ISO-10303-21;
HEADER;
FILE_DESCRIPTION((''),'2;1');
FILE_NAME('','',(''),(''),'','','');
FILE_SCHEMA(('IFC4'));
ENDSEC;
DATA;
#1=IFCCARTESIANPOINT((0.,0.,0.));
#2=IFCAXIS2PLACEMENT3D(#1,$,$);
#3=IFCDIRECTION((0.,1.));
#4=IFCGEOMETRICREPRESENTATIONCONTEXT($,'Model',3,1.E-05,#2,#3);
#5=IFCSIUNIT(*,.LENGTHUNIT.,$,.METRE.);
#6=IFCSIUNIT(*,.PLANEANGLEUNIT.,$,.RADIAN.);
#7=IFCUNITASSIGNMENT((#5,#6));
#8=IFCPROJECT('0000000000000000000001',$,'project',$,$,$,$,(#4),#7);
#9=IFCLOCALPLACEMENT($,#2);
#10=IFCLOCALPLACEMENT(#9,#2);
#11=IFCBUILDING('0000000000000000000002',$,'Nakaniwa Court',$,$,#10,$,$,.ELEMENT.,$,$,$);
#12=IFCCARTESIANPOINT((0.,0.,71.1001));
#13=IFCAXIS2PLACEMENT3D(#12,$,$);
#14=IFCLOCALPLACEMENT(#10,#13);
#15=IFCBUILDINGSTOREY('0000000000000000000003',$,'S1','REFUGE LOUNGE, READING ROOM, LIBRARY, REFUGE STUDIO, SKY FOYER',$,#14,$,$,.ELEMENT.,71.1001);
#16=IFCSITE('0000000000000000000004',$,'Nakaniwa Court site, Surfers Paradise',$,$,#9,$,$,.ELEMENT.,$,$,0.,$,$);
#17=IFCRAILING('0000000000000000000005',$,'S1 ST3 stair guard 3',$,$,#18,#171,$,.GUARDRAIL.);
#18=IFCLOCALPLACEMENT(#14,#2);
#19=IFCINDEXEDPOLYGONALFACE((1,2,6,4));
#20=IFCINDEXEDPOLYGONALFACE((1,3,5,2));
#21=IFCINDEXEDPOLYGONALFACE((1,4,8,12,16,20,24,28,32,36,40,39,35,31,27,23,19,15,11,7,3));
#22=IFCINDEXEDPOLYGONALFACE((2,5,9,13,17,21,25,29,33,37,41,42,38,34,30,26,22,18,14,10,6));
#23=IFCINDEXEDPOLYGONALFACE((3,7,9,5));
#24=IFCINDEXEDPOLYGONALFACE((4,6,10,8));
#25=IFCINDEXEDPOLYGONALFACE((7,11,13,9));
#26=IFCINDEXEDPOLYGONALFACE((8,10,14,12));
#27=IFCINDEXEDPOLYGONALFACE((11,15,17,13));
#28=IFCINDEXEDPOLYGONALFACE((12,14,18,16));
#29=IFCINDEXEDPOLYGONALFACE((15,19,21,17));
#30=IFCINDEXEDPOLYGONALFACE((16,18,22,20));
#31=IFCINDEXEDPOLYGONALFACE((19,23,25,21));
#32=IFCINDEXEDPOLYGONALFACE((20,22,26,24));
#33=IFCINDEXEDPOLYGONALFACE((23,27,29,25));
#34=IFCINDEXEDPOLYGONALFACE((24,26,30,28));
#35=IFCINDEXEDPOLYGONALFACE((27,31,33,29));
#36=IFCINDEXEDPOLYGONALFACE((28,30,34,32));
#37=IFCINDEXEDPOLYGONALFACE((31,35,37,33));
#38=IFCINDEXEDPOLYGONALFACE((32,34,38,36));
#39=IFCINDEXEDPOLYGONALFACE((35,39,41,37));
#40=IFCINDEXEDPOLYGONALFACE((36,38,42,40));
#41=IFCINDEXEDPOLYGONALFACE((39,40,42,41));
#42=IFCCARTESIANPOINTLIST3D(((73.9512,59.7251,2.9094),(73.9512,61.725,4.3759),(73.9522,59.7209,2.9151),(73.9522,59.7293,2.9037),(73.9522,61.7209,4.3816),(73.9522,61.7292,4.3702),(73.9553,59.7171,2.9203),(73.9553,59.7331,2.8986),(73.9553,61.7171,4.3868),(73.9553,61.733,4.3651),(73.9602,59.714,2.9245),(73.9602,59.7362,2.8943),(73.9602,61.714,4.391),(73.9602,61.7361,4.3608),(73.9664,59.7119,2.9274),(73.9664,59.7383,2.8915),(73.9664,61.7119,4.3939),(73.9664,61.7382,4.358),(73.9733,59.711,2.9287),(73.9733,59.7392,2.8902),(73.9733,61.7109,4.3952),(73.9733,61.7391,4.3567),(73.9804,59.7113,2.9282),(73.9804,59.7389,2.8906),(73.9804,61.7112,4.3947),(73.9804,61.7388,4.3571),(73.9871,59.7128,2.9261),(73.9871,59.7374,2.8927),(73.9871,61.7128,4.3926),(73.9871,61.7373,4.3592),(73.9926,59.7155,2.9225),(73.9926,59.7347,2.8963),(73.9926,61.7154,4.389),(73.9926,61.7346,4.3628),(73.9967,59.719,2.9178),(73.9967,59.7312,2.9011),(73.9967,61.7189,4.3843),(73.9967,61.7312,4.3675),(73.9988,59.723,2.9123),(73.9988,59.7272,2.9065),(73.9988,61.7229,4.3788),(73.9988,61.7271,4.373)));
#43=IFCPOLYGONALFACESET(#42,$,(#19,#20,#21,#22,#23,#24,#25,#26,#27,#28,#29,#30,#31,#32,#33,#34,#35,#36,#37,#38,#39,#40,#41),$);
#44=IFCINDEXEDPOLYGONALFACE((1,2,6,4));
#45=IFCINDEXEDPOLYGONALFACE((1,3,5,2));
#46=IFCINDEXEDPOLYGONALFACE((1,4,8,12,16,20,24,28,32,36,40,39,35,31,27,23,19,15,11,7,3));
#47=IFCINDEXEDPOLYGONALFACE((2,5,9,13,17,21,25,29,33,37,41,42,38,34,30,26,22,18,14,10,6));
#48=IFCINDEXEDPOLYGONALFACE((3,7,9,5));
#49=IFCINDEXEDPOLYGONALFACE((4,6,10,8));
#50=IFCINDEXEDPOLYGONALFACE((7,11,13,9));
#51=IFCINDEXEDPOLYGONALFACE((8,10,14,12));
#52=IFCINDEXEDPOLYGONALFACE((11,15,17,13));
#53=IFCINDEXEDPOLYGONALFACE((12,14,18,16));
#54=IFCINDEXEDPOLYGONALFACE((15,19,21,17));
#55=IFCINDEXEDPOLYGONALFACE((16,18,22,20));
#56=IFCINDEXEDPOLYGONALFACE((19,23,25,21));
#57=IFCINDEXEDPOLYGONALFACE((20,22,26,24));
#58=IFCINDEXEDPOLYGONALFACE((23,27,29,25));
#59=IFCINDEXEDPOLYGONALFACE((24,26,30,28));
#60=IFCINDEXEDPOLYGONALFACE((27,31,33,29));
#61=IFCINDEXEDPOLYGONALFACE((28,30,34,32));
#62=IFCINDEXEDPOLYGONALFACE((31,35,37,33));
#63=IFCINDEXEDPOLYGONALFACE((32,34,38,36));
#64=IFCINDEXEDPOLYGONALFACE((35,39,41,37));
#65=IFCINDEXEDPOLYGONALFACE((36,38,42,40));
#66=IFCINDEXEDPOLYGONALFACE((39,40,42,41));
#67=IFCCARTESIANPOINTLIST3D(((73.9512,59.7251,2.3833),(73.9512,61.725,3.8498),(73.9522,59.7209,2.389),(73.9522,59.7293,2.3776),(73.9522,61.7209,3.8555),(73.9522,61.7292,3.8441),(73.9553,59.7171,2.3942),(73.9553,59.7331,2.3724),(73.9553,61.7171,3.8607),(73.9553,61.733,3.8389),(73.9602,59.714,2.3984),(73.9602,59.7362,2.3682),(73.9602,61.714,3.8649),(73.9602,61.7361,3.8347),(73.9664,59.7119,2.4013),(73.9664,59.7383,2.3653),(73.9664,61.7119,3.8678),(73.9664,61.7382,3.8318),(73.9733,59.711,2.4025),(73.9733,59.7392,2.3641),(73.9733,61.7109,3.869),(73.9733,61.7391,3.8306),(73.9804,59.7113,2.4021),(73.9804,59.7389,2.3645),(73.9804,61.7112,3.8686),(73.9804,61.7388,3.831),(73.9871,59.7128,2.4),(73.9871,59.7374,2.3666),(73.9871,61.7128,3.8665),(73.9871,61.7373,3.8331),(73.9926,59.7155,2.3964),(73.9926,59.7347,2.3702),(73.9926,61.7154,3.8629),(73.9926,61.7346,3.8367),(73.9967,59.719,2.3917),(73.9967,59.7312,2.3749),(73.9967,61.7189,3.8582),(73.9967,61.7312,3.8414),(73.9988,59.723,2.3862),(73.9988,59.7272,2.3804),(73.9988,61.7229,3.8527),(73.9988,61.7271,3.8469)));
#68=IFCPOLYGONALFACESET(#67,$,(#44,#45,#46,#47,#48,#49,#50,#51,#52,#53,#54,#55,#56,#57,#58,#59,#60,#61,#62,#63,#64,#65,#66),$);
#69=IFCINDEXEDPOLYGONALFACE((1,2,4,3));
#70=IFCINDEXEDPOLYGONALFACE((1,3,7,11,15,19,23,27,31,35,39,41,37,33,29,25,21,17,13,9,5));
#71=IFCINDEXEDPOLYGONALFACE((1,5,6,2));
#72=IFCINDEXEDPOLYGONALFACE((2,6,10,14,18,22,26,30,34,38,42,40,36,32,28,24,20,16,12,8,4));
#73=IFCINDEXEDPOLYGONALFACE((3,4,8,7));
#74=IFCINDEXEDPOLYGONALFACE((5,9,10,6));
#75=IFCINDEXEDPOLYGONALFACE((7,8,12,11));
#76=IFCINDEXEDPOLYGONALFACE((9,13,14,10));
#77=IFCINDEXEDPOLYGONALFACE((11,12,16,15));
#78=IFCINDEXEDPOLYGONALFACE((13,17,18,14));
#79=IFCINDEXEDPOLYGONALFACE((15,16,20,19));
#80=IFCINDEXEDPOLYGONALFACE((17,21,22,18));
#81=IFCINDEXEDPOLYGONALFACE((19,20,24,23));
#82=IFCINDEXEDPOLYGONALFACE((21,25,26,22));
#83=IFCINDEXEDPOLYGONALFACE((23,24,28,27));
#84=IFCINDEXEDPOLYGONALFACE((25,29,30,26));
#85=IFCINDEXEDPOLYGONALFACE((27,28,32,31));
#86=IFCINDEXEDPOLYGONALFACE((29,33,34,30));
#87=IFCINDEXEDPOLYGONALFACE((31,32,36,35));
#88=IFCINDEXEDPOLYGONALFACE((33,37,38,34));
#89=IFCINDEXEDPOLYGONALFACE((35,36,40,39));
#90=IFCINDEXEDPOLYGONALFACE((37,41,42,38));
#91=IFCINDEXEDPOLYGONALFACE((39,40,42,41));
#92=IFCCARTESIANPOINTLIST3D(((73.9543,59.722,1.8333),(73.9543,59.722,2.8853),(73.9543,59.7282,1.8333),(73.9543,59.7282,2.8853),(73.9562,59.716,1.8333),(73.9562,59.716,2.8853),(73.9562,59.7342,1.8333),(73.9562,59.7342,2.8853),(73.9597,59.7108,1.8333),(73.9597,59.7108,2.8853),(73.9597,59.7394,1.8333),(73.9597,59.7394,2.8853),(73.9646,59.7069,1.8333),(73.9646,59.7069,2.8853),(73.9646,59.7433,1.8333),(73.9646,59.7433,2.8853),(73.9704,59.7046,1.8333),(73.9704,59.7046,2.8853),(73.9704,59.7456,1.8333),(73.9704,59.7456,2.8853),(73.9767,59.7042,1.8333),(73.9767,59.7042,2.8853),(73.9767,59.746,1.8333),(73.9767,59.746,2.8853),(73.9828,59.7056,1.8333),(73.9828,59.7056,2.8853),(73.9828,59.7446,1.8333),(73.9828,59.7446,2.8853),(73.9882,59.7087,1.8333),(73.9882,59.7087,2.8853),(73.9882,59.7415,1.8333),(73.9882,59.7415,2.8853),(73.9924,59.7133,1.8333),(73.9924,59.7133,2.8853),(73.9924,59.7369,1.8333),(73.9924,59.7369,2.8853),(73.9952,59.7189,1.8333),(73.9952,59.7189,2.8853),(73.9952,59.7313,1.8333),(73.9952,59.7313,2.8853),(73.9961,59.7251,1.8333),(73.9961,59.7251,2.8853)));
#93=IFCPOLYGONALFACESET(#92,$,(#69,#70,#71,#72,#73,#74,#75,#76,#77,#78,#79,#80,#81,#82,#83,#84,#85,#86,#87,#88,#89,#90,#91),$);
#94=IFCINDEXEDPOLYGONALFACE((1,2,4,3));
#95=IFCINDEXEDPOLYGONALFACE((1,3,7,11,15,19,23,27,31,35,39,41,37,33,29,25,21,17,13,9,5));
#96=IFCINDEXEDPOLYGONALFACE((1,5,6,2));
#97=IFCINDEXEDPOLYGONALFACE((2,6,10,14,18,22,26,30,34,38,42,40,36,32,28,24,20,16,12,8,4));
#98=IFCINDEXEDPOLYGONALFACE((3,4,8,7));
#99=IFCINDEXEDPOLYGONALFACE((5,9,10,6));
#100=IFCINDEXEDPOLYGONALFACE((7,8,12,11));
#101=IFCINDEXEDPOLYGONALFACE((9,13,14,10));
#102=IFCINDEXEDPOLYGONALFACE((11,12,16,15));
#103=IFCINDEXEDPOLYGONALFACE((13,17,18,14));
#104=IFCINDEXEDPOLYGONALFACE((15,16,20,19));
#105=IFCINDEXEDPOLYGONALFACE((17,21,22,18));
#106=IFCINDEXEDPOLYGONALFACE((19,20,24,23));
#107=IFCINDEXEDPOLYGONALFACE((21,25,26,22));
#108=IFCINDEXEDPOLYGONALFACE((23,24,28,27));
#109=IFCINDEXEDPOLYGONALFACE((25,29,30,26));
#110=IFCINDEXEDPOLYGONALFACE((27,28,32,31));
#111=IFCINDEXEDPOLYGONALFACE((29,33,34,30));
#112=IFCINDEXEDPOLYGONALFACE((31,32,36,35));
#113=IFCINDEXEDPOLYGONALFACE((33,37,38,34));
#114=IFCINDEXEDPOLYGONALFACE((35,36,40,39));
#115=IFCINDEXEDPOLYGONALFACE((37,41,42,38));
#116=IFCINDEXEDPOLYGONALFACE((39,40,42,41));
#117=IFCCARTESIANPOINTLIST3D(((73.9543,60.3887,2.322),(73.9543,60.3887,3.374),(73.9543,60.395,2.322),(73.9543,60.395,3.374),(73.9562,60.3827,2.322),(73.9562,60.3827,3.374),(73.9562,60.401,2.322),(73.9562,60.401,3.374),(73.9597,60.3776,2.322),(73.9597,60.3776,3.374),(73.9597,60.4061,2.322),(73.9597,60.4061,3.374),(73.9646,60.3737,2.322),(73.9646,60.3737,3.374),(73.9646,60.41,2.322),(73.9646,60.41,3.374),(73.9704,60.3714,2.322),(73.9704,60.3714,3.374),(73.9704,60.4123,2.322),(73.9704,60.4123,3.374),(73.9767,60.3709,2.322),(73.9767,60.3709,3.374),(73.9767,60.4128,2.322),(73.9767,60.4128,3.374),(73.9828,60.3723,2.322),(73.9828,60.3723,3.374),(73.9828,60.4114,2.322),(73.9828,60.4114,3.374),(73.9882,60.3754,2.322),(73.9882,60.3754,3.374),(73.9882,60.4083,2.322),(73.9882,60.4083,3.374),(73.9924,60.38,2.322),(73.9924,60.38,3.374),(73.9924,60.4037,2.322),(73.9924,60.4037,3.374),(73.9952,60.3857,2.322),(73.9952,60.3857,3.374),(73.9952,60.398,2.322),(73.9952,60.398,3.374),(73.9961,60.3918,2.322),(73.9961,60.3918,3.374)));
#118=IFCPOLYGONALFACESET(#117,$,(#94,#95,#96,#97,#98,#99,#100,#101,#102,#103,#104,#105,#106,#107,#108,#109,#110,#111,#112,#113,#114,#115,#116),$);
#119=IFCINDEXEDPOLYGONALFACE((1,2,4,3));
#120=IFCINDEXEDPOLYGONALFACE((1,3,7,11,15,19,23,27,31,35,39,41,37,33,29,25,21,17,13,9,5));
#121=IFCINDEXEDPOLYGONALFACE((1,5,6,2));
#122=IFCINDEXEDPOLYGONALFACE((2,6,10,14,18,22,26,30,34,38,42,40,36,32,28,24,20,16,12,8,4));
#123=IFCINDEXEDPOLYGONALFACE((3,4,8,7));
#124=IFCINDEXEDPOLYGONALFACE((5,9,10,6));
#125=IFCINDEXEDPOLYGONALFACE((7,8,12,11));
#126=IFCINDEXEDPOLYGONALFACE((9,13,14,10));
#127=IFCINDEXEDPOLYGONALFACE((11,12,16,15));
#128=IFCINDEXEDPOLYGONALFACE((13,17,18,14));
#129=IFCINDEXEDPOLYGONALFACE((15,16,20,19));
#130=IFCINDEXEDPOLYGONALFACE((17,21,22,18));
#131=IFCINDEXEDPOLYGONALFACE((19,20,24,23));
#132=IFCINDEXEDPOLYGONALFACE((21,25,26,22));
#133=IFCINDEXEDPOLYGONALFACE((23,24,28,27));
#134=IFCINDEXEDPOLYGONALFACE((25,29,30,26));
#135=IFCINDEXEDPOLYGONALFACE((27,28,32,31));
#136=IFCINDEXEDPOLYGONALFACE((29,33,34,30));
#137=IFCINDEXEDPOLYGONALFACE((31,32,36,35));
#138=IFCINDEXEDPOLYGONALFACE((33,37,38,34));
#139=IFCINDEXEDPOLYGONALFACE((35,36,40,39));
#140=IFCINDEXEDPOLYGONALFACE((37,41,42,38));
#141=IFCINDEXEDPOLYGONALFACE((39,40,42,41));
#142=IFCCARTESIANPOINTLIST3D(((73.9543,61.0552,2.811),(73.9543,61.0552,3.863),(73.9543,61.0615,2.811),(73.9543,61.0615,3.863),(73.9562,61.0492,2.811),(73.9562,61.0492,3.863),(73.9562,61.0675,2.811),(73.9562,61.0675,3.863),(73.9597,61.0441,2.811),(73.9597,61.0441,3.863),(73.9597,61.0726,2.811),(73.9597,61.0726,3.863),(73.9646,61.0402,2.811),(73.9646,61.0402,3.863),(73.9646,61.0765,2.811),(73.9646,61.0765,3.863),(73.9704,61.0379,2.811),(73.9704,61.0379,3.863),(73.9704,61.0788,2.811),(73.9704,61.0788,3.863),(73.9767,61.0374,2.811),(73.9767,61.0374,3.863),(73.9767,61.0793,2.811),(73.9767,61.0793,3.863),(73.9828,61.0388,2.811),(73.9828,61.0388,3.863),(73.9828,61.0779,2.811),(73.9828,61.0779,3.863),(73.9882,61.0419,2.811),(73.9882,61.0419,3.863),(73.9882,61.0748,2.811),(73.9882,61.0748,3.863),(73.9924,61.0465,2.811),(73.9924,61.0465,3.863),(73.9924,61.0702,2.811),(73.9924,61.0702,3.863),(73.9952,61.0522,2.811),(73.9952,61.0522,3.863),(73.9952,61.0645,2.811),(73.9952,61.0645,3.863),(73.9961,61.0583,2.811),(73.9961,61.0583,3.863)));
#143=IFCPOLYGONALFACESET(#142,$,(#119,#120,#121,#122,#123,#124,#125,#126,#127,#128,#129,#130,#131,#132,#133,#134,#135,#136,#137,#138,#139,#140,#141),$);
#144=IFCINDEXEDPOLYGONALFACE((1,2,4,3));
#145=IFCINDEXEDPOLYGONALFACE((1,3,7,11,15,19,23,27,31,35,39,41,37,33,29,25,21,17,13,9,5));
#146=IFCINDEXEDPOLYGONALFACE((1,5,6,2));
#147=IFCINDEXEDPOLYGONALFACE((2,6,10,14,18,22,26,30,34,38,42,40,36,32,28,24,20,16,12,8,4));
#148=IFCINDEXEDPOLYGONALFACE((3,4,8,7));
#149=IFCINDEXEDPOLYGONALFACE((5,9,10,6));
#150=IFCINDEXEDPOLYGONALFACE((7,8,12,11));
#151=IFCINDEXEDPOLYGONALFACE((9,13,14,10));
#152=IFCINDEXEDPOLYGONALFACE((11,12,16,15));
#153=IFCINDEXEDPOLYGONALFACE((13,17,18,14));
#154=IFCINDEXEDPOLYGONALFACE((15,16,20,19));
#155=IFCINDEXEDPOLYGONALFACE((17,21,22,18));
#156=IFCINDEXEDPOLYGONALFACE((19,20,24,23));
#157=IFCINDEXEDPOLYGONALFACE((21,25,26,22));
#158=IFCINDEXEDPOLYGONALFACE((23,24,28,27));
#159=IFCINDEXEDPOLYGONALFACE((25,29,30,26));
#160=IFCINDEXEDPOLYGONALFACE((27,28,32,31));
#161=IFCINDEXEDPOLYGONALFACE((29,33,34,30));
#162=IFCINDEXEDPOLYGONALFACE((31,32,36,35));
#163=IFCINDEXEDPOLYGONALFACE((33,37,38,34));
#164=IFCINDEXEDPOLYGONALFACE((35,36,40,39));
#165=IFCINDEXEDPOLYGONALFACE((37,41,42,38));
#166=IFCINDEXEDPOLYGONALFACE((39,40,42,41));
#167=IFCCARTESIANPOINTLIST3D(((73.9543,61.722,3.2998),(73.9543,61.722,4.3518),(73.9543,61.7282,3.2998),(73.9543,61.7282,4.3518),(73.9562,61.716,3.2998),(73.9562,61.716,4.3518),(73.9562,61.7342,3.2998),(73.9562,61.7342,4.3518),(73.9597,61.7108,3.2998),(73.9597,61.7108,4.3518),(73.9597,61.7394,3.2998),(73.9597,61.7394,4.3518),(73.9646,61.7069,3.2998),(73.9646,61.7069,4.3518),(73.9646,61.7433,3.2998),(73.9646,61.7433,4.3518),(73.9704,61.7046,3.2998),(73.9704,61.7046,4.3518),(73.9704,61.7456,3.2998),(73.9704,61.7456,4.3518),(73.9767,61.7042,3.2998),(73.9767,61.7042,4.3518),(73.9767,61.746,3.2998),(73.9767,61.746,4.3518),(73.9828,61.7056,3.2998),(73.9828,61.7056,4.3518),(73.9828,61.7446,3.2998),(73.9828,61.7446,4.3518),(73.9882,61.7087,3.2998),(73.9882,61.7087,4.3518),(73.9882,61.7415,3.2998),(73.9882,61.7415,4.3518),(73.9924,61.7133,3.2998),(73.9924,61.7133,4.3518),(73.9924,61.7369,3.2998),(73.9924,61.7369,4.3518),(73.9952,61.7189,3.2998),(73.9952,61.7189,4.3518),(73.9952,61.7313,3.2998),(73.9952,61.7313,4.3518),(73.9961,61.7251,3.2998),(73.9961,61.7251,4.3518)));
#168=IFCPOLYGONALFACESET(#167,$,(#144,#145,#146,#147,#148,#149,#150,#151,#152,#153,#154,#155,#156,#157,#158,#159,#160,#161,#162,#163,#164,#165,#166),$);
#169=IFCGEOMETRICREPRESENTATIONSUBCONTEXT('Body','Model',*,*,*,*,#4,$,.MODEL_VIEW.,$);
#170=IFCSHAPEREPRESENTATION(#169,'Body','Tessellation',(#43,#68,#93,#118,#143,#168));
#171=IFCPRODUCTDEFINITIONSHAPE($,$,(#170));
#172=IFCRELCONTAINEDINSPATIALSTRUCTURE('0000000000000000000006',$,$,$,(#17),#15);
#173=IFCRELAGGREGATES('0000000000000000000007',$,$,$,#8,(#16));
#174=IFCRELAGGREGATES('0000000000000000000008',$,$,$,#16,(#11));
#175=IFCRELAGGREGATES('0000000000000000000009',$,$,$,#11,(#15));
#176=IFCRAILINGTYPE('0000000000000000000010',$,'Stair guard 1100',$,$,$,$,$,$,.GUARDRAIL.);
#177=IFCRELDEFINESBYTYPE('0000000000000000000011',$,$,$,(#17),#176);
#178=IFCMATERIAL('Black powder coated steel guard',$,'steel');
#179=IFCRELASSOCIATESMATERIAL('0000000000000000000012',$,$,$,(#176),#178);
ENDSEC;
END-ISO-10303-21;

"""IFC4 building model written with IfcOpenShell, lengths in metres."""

from ifc_helpers import new_model, si_unit, direction, frame, origin, origin_2d, place, context, subcontext, project, spatial, circle, extrude, material, type_object, element, save


model = new_model("IFC4")

# Units and contexts
model_context = context("Model", 3, precision=1e-05, world=origin(), true_north=direction((0.0, 1.0)))
body_context = subcontext(model_context, "Body", "Model", "MODEL_VIEW")
ifc_project = project(units=[si_unit("LENGTHUNIT", "METRE"), si_unit("PLANEANGLEUNIT", "RADIAN")], contexts=[model_context])

# Site, building, storey
site_placement = place(None, origin())
site = spatial("IfcSite", under=ifc_project, at=site_placement, Name="Nakaniwa Court site, Surfers Paradise", CompositionType="ELEMENT", RefElevation=0.0)
building_placement = place(site_placement, origin())
building = spatial("IfcBuilding", under=site, at=building_placement, Name="Nakaniwa Court", CompositionType="ELEMENT")
storey_placement = place(building_placement, frame((0.0, 0.0, 71.1001)))
storey = spatial("IfcBuildingStorey", under=building, at=storey_placement, Name="S1", Description="REFUGE LOUNGE, READING ROOM, LIBRARY, REFUGE STUDIO, SKY FOYER", CompositionType="ELEMENT", Elevation=71.1001)

# Railing
ifc_material_1 = material(Name="Black powder coated steel guard", Category="steel")
railing_type_1 = type_object("IfcRailingType", Name="Stair guard 1100", PredefinedType="GUARDRAIL", material=ifc_material_1)
railing_1_placement = place(storey_placement, frame((73.9751, 59.7251, 1.8333)))
element("IfcRailing", 1, at=railing_1_placement, inside=storey, type_object=railing_type_1, Name="S1 ST3 stair guard 3", PredefinedType="GUARDRAIL", context=body_context, shape_type="SweptSolid", body=[
    extrude(circle(Radius=0.0239, at=origin_2d()), frame((0.0, 0.0, 1.0762), z_axis=(0.0, 0.806427, 0.591334), x_axis=(-1.0, 0.0, 0.0)), (0.0, 0.0, 1.0), 2.48),
    extrude(circle(Radius=0.0239, at=origin_2d()), frame((0.0, 0.0, 0.55), z_axis=(0.0, 0.806427, 0.591334), x_axis=(-1.0, 0.0, 0.0)), (0.0, 0.0, 1.0), 2.48),
    extrude(circle(Radius=0.021, at=origin_2d()), origin(), (0.0, 0.0, 1.0), 1.052),
    extrude(circle(Radius=0.021, at=origin_2d()), frame((0.0, 0.6667, 0.4888)), (0.0, 0.0, 1.0), 1.052),
    extrude(circle(Radius=0.021, at=origin_2d()), frame((0.0, 1.3333, 0.9778)), (0.0, 0.0, 1.0), 1.052),
    extrude(circle(Radius=0.021, at=origin_2d()), frame((0.0, 2.0, 1.4666)), (0.0, 0.0, 1.0), 1.052),
])

save(model, "model.ifc")
